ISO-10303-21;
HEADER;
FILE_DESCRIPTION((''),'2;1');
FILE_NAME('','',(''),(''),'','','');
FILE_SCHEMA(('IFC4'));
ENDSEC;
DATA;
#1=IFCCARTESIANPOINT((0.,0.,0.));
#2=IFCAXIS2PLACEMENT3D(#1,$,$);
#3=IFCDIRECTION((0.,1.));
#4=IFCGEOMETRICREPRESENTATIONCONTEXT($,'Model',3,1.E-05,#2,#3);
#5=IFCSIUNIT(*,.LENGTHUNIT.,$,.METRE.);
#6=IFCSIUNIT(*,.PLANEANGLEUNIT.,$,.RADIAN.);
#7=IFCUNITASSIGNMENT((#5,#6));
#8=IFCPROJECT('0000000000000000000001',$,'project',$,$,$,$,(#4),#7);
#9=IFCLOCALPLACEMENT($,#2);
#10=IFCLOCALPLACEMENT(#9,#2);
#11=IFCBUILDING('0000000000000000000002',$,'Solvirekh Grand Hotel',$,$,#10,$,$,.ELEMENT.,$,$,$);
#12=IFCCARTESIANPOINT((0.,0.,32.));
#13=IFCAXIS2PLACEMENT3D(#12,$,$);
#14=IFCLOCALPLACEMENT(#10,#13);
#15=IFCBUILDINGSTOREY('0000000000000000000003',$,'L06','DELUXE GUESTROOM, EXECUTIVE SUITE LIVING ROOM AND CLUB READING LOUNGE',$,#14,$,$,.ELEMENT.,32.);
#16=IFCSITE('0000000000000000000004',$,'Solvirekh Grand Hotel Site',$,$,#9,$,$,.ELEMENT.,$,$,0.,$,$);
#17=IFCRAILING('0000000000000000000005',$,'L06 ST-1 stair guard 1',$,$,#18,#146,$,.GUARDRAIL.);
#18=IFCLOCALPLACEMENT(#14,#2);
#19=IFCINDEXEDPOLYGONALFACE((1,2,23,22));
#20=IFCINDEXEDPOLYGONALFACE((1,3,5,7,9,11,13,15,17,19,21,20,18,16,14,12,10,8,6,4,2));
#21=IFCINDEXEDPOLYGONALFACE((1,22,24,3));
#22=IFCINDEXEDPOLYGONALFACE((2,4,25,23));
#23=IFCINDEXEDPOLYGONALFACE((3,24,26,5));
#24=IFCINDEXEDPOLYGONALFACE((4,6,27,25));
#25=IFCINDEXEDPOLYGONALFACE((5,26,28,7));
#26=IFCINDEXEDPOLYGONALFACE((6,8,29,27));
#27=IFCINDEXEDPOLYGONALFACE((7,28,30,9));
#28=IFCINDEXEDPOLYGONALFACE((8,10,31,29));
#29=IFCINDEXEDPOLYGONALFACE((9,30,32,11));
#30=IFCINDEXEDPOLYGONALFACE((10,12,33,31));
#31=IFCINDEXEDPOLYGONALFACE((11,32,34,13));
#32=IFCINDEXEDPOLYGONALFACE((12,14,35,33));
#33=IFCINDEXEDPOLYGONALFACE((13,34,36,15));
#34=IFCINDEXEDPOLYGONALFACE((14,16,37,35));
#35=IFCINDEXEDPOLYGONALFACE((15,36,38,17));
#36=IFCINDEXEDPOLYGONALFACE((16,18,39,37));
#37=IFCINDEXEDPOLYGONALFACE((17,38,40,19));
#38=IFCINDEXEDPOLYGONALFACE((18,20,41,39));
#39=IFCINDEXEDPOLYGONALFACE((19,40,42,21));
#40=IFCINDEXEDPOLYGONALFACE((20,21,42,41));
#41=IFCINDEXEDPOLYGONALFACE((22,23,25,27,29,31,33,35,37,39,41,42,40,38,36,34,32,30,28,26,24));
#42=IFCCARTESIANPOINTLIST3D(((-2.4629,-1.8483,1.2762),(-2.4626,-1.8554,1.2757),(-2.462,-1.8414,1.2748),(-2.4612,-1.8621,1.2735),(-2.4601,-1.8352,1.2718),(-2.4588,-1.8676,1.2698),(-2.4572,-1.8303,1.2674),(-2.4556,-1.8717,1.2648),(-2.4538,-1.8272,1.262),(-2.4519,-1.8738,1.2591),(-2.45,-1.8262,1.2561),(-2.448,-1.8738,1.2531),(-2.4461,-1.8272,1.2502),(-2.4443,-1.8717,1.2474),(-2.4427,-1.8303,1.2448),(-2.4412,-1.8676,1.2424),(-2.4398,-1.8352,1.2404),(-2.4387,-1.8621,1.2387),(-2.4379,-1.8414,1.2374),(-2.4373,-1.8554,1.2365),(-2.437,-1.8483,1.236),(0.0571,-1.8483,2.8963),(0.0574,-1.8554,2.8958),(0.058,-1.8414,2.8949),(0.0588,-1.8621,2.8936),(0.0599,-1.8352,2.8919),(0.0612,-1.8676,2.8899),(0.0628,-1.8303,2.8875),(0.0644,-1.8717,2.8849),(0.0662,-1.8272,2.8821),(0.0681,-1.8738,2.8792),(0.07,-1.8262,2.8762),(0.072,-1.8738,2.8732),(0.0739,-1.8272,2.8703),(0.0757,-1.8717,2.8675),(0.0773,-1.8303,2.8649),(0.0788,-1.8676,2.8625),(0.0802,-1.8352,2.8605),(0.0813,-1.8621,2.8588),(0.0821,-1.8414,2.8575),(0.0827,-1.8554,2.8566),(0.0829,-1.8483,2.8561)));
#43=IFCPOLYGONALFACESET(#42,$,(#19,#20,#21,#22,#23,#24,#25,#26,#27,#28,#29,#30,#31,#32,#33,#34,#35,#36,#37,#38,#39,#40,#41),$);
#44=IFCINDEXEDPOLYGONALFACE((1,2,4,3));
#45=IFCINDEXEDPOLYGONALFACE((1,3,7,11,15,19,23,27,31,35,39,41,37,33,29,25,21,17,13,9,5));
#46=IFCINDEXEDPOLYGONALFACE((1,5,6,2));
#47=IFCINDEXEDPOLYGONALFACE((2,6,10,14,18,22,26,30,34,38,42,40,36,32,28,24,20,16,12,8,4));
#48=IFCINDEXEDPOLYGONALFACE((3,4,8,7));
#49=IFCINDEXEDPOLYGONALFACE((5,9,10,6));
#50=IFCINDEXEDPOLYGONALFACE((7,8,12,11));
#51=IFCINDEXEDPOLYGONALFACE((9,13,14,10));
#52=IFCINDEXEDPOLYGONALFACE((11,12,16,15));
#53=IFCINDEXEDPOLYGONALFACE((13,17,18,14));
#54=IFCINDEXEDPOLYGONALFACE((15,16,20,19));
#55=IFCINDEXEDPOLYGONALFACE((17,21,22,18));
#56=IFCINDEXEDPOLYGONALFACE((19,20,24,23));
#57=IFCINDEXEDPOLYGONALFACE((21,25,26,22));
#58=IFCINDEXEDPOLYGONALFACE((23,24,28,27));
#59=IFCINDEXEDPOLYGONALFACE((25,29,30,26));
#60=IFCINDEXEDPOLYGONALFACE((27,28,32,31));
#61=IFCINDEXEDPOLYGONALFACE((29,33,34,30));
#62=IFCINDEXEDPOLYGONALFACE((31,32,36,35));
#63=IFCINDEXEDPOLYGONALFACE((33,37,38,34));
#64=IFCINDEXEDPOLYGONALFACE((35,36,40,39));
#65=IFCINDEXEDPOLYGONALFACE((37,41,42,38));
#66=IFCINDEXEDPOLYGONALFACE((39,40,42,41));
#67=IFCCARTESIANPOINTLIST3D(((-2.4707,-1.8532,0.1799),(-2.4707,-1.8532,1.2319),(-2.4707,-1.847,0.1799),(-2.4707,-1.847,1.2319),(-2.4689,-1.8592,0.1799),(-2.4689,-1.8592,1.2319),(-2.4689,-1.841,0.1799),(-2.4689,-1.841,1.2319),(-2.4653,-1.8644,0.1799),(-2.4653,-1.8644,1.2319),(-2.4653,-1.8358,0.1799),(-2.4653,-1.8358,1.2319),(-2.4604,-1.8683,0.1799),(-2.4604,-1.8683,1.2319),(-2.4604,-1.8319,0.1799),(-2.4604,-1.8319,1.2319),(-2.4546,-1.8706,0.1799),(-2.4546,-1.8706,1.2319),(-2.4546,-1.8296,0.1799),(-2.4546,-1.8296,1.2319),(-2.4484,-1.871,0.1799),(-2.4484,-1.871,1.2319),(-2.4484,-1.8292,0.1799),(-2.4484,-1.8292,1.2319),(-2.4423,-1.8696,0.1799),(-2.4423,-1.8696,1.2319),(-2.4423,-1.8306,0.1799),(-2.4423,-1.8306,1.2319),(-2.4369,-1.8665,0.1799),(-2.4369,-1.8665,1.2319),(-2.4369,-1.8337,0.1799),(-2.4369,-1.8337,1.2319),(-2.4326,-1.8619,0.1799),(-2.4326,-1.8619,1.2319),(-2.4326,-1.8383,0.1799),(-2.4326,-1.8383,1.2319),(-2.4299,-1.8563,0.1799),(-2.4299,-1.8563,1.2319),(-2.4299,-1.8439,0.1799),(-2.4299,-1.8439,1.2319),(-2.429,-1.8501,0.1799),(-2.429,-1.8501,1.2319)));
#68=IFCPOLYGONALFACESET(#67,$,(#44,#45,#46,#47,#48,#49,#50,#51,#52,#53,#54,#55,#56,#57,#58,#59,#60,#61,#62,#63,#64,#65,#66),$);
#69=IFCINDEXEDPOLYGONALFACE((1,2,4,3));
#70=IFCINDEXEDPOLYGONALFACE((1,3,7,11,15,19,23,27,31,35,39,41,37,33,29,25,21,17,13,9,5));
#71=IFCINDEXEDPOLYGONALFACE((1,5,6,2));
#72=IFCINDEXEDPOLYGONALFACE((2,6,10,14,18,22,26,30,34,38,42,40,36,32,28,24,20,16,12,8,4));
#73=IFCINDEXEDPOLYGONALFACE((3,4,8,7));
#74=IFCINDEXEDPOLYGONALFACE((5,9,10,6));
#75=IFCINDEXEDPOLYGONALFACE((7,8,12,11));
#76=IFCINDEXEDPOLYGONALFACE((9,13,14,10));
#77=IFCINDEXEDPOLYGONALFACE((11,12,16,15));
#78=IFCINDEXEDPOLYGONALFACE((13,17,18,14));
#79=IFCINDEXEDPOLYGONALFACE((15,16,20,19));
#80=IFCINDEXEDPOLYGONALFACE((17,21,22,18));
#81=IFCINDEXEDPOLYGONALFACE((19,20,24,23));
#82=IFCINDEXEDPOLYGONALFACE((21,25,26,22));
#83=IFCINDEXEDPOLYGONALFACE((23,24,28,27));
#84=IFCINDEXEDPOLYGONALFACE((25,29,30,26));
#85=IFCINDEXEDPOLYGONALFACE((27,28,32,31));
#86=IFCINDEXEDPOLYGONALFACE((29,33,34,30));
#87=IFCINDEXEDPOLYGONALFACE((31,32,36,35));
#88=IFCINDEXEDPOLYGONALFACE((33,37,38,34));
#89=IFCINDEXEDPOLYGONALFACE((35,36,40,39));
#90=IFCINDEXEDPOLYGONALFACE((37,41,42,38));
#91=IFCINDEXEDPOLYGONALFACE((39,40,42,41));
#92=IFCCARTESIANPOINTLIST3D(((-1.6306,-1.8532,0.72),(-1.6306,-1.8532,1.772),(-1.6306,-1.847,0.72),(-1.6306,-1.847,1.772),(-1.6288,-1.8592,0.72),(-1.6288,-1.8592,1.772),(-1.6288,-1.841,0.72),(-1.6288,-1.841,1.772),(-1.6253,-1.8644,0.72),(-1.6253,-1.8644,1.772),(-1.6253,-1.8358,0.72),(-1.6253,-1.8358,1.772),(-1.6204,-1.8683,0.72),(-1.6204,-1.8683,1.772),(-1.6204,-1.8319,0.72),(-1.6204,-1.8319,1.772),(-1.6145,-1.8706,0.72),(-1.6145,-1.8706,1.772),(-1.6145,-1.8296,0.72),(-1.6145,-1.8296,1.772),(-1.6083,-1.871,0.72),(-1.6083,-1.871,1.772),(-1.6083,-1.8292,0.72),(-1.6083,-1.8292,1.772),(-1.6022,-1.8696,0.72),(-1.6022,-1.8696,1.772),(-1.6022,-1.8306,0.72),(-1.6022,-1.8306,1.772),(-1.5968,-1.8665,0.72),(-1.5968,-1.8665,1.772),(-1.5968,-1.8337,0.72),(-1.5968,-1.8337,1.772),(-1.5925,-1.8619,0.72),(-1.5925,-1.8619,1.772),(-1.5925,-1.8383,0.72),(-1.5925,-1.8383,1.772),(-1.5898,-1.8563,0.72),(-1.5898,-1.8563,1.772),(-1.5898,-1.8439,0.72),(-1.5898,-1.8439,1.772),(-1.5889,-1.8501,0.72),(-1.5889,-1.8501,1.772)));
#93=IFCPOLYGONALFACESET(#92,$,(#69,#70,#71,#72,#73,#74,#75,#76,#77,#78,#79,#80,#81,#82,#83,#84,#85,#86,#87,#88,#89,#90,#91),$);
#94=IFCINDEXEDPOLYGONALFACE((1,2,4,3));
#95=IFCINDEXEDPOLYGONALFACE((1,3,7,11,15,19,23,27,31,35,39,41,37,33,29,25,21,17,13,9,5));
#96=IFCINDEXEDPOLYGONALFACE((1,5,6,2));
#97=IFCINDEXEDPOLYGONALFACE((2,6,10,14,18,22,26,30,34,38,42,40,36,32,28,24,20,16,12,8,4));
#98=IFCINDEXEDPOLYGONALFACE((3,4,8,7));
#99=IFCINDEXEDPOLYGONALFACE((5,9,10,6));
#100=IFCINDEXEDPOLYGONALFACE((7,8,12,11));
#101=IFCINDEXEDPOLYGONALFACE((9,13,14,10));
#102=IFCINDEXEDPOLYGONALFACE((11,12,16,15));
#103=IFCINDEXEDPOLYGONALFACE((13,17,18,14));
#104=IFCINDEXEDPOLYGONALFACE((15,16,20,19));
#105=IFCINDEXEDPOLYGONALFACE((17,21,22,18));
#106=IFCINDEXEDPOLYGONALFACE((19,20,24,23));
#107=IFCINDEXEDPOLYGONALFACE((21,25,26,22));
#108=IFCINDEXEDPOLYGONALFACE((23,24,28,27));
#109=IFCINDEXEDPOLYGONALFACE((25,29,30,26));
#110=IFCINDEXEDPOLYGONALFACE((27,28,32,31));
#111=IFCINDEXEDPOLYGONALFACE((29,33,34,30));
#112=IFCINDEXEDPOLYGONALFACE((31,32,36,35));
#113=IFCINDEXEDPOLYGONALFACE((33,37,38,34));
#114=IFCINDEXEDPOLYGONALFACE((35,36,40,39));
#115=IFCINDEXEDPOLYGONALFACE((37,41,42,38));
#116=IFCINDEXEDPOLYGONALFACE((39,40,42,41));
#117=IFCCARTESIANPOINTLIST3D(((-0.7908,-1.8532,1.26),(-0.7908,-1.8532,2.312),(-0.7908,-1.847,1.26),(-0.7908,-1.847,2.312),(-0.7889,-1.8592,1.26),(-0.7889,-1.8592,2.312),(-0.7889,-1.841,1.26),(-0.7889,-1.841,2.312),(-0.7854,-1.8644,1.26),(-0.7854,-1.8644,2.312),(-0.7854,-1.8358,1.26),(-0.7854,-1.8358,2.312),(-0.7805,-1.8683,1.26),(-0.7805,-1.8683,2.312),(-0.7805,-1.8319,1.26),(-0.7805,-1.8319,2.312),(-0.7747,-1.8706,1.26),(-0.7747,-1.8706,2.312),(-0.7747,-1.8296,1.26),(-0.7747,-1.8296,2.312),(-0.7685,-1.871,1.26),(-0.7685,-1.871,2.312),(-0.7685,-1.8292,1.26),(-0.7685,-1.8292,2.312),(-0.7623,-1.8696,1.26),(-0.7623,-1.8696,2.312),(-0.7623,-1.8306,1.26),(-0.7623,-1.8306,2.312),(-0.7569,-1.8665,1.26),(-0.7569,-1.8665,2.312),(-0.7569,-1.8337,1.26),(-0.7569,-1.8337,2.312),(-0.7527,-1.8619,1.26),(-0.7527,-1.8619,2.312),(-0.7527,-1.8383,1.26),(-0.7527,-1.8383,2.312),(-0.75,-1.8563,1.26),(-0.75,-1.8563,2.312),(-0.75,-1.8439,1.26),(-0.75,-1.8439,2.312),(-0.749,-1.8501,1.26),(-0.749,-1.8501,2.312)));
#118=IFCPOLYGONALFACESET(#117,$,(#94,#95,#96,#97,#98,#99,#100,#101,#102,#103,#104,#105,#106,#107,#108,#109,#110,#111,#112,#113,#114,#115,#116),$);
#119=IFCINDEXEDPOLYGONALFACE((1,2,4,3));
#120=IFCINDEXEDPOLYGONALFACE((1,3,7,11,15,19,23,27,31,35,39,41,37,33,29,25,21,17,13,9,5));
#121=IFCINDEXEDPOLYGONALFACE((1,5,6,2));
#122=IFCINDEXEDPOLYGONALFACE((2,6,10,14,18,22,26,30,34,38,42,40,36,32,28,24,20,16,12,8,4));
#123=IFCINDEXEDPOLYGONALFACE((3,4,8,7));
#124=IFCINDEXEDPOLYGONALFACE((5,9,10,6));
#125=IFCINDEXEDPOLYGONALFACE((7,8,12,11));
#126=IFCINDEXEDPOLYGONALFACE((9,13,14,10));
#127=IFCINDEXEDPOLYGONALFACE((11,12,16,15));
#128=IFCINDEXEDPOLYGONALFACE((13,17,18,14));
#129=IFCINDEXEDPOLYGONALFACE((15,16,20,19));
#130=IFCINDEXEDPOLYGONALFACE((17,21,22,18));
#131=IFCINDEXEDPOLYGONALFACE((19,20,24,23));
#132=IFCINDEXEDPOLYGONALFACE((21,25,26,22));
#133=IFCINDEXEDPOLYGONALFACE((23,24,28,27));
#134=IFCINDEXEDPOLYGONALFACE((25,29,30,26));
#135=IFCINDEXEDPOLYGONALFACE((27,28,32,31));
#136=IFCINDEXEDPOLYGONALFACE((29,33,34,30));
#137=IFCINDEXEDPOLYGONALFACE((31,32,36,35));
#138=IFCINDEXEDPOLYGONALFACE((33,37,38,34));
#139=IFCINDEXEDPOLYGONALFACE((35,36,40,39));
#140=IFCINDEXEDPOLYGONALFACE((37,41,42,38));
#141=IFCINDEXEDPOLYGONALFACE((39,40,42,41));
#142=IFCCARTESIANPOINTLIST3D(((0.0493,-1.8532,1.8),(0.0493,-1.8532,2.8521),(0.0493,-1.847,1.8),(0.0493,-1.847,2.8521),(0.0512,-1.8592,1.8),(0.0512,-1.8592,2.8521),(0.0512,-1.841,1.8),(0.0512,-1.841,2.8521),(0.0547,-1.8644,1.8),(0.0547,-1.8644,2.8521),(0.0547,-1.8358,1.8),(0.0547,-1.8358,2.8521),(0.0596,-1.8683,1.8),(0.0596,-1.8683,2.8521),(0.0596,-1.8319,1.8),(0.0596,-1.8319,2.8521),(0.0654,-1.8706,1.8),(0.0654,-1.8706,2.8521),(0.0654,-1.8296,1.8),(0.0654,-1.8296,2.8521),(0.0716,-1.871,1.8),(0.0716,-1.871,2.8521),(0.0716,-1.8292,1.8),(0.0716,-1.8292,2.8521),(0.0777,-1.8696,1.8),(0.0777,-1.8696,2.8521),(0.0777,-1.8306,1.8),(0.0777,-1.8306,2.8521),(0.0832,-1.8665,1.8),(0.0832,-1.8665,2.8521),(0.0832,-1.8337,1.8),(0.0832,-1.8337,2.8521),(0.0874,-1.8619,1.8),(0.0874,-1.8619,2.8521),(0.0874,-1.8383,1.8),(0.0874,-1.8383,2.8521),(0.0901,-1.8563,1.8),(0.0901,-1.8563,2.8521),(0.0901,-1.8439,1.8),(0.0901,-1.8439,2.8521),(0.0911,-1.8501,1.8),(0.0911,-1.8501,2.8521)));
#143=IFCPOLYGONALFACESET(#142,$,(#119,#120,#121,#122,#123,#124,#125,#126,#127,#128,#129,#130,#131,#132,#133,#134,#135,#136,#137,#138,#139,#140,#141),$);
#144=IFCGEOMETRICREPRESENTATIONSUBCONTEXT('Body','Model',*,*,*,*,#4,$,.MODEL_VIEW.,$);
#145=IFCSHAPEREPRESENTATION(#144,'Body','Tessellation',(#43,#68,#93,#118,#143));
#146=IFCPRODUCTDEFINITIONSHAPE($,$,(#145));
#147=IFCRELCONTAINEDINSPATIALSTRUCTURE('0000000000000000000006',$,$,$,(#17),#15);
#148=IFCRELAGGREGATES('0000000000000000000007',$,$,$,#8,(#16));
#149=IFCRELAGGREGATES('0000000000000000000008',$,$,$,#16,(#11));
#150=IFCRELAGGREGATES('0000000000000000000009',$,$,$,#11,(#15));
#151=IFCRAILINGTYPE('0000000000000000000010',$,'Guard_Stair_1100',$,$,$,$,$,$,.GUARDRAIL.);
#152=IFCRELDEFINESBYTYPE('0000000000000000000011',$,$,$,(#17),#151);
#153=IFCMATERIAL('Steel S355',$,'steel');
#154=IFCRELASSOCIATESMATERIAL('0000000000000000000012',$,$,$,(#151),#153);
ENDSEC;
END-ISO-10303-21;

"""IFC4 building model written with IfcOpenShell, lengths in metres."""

from ifc_helpers import new_model, si_unit, direction, frame, origin, origin_2d, place, context, subcontext, project, spatial, circle, extrude, material, type_object, element, save


model = new_model("IFC4")

# Units and contexts
model_context = context("Model", 3, precision=1e-05, world=origin(), true_north=direction((0.0, 1.0)))
body_context = subcontext(model_context, "Body", "Model", "MODEL_VIEW")
ifc_project = project(units=[si_unit("LENGTHUNIT", "METRE"), si_unit("PLANEANGLEUNIT", "RADIAN")], contexts=[model_context])

# Site, building, storey
site_placement = place(None, origin())
site = spatial("IfcSite", under=ifc_project, at=site_placement, Name="Solvirekh Grand Hotel Site", CompositionType="ELEMENT", RefElevation=0.0)
building_placement = place(site_placement, origin())
building = spatial("IfcBuilding", under=site, at=building_placement, Name="Solvirekh Grand Hotel", CompositionType="ELEMENT")
storey_placement = place(building_placement, frame((0.0, 0.0, 32.0)))
storey = spatial("IfcBuildingStorey", under=building, at=storey_placement, Name="L06", Description="DELUXE GUESTROOM, EXECUTIVE SUITE LIVING ROOM AND CLUB READING LOUNGE", CompositionType="ELEMENT", Elevation=32.0)

# Shared definitions
ifc_material_1 = material(Name="Steel S355", Category="steel")

# Railing
railing_type_1 = type_object("IfcRailingType", Name="Guard_Stair_1100", PredefinedType="GUARDRAIL", material=ifc_material_1)
railing_1_placement = place(storey_placement, frame((-2.45, -1.8501, 0.1799)))
element("IfcRailing", 1, at=railing_1_placement, inside=storey, type_object=railing_type_1, Name="L06 ST-1 stair guard 1", PredefinedType="GUARDRAIL", context=body_context, shape_type="SweptSolid", body=[
    extrude(circle(Radius=0.0239, at=origin_2d()), frame((0.0, 0.0, 1.0762), z_axis=(0.841163, 0.0, 0.540782), x_axis=(0.0, 1.0, 0.0)), (0.0, 0.0, 1.0), 2.9958),
    extrude(circle(Radius=0.021, at=origin_2d()), origin(), (0.0, 0.0, 1.0), 1.052),
    extrude(circle(Radius=0.021, at=origin_2d()), frame((0.8401, 0.0, 0.54)), (0.0, 0.0, 1.0), 1.052),
    extrude(circle(Radius=0.021, at=origin_2d()), frame((1.6799, 0.0, 1.0801)), (0.0, 0.0, 1.0), 1.052),
    extrude(circle(Radius=0.021, at=origin_2d()), frame((2.52, 0.0, 1.6201)), (0.0, 0.0, 1.0), 1.052),
])

save(model, "model.ifc")
